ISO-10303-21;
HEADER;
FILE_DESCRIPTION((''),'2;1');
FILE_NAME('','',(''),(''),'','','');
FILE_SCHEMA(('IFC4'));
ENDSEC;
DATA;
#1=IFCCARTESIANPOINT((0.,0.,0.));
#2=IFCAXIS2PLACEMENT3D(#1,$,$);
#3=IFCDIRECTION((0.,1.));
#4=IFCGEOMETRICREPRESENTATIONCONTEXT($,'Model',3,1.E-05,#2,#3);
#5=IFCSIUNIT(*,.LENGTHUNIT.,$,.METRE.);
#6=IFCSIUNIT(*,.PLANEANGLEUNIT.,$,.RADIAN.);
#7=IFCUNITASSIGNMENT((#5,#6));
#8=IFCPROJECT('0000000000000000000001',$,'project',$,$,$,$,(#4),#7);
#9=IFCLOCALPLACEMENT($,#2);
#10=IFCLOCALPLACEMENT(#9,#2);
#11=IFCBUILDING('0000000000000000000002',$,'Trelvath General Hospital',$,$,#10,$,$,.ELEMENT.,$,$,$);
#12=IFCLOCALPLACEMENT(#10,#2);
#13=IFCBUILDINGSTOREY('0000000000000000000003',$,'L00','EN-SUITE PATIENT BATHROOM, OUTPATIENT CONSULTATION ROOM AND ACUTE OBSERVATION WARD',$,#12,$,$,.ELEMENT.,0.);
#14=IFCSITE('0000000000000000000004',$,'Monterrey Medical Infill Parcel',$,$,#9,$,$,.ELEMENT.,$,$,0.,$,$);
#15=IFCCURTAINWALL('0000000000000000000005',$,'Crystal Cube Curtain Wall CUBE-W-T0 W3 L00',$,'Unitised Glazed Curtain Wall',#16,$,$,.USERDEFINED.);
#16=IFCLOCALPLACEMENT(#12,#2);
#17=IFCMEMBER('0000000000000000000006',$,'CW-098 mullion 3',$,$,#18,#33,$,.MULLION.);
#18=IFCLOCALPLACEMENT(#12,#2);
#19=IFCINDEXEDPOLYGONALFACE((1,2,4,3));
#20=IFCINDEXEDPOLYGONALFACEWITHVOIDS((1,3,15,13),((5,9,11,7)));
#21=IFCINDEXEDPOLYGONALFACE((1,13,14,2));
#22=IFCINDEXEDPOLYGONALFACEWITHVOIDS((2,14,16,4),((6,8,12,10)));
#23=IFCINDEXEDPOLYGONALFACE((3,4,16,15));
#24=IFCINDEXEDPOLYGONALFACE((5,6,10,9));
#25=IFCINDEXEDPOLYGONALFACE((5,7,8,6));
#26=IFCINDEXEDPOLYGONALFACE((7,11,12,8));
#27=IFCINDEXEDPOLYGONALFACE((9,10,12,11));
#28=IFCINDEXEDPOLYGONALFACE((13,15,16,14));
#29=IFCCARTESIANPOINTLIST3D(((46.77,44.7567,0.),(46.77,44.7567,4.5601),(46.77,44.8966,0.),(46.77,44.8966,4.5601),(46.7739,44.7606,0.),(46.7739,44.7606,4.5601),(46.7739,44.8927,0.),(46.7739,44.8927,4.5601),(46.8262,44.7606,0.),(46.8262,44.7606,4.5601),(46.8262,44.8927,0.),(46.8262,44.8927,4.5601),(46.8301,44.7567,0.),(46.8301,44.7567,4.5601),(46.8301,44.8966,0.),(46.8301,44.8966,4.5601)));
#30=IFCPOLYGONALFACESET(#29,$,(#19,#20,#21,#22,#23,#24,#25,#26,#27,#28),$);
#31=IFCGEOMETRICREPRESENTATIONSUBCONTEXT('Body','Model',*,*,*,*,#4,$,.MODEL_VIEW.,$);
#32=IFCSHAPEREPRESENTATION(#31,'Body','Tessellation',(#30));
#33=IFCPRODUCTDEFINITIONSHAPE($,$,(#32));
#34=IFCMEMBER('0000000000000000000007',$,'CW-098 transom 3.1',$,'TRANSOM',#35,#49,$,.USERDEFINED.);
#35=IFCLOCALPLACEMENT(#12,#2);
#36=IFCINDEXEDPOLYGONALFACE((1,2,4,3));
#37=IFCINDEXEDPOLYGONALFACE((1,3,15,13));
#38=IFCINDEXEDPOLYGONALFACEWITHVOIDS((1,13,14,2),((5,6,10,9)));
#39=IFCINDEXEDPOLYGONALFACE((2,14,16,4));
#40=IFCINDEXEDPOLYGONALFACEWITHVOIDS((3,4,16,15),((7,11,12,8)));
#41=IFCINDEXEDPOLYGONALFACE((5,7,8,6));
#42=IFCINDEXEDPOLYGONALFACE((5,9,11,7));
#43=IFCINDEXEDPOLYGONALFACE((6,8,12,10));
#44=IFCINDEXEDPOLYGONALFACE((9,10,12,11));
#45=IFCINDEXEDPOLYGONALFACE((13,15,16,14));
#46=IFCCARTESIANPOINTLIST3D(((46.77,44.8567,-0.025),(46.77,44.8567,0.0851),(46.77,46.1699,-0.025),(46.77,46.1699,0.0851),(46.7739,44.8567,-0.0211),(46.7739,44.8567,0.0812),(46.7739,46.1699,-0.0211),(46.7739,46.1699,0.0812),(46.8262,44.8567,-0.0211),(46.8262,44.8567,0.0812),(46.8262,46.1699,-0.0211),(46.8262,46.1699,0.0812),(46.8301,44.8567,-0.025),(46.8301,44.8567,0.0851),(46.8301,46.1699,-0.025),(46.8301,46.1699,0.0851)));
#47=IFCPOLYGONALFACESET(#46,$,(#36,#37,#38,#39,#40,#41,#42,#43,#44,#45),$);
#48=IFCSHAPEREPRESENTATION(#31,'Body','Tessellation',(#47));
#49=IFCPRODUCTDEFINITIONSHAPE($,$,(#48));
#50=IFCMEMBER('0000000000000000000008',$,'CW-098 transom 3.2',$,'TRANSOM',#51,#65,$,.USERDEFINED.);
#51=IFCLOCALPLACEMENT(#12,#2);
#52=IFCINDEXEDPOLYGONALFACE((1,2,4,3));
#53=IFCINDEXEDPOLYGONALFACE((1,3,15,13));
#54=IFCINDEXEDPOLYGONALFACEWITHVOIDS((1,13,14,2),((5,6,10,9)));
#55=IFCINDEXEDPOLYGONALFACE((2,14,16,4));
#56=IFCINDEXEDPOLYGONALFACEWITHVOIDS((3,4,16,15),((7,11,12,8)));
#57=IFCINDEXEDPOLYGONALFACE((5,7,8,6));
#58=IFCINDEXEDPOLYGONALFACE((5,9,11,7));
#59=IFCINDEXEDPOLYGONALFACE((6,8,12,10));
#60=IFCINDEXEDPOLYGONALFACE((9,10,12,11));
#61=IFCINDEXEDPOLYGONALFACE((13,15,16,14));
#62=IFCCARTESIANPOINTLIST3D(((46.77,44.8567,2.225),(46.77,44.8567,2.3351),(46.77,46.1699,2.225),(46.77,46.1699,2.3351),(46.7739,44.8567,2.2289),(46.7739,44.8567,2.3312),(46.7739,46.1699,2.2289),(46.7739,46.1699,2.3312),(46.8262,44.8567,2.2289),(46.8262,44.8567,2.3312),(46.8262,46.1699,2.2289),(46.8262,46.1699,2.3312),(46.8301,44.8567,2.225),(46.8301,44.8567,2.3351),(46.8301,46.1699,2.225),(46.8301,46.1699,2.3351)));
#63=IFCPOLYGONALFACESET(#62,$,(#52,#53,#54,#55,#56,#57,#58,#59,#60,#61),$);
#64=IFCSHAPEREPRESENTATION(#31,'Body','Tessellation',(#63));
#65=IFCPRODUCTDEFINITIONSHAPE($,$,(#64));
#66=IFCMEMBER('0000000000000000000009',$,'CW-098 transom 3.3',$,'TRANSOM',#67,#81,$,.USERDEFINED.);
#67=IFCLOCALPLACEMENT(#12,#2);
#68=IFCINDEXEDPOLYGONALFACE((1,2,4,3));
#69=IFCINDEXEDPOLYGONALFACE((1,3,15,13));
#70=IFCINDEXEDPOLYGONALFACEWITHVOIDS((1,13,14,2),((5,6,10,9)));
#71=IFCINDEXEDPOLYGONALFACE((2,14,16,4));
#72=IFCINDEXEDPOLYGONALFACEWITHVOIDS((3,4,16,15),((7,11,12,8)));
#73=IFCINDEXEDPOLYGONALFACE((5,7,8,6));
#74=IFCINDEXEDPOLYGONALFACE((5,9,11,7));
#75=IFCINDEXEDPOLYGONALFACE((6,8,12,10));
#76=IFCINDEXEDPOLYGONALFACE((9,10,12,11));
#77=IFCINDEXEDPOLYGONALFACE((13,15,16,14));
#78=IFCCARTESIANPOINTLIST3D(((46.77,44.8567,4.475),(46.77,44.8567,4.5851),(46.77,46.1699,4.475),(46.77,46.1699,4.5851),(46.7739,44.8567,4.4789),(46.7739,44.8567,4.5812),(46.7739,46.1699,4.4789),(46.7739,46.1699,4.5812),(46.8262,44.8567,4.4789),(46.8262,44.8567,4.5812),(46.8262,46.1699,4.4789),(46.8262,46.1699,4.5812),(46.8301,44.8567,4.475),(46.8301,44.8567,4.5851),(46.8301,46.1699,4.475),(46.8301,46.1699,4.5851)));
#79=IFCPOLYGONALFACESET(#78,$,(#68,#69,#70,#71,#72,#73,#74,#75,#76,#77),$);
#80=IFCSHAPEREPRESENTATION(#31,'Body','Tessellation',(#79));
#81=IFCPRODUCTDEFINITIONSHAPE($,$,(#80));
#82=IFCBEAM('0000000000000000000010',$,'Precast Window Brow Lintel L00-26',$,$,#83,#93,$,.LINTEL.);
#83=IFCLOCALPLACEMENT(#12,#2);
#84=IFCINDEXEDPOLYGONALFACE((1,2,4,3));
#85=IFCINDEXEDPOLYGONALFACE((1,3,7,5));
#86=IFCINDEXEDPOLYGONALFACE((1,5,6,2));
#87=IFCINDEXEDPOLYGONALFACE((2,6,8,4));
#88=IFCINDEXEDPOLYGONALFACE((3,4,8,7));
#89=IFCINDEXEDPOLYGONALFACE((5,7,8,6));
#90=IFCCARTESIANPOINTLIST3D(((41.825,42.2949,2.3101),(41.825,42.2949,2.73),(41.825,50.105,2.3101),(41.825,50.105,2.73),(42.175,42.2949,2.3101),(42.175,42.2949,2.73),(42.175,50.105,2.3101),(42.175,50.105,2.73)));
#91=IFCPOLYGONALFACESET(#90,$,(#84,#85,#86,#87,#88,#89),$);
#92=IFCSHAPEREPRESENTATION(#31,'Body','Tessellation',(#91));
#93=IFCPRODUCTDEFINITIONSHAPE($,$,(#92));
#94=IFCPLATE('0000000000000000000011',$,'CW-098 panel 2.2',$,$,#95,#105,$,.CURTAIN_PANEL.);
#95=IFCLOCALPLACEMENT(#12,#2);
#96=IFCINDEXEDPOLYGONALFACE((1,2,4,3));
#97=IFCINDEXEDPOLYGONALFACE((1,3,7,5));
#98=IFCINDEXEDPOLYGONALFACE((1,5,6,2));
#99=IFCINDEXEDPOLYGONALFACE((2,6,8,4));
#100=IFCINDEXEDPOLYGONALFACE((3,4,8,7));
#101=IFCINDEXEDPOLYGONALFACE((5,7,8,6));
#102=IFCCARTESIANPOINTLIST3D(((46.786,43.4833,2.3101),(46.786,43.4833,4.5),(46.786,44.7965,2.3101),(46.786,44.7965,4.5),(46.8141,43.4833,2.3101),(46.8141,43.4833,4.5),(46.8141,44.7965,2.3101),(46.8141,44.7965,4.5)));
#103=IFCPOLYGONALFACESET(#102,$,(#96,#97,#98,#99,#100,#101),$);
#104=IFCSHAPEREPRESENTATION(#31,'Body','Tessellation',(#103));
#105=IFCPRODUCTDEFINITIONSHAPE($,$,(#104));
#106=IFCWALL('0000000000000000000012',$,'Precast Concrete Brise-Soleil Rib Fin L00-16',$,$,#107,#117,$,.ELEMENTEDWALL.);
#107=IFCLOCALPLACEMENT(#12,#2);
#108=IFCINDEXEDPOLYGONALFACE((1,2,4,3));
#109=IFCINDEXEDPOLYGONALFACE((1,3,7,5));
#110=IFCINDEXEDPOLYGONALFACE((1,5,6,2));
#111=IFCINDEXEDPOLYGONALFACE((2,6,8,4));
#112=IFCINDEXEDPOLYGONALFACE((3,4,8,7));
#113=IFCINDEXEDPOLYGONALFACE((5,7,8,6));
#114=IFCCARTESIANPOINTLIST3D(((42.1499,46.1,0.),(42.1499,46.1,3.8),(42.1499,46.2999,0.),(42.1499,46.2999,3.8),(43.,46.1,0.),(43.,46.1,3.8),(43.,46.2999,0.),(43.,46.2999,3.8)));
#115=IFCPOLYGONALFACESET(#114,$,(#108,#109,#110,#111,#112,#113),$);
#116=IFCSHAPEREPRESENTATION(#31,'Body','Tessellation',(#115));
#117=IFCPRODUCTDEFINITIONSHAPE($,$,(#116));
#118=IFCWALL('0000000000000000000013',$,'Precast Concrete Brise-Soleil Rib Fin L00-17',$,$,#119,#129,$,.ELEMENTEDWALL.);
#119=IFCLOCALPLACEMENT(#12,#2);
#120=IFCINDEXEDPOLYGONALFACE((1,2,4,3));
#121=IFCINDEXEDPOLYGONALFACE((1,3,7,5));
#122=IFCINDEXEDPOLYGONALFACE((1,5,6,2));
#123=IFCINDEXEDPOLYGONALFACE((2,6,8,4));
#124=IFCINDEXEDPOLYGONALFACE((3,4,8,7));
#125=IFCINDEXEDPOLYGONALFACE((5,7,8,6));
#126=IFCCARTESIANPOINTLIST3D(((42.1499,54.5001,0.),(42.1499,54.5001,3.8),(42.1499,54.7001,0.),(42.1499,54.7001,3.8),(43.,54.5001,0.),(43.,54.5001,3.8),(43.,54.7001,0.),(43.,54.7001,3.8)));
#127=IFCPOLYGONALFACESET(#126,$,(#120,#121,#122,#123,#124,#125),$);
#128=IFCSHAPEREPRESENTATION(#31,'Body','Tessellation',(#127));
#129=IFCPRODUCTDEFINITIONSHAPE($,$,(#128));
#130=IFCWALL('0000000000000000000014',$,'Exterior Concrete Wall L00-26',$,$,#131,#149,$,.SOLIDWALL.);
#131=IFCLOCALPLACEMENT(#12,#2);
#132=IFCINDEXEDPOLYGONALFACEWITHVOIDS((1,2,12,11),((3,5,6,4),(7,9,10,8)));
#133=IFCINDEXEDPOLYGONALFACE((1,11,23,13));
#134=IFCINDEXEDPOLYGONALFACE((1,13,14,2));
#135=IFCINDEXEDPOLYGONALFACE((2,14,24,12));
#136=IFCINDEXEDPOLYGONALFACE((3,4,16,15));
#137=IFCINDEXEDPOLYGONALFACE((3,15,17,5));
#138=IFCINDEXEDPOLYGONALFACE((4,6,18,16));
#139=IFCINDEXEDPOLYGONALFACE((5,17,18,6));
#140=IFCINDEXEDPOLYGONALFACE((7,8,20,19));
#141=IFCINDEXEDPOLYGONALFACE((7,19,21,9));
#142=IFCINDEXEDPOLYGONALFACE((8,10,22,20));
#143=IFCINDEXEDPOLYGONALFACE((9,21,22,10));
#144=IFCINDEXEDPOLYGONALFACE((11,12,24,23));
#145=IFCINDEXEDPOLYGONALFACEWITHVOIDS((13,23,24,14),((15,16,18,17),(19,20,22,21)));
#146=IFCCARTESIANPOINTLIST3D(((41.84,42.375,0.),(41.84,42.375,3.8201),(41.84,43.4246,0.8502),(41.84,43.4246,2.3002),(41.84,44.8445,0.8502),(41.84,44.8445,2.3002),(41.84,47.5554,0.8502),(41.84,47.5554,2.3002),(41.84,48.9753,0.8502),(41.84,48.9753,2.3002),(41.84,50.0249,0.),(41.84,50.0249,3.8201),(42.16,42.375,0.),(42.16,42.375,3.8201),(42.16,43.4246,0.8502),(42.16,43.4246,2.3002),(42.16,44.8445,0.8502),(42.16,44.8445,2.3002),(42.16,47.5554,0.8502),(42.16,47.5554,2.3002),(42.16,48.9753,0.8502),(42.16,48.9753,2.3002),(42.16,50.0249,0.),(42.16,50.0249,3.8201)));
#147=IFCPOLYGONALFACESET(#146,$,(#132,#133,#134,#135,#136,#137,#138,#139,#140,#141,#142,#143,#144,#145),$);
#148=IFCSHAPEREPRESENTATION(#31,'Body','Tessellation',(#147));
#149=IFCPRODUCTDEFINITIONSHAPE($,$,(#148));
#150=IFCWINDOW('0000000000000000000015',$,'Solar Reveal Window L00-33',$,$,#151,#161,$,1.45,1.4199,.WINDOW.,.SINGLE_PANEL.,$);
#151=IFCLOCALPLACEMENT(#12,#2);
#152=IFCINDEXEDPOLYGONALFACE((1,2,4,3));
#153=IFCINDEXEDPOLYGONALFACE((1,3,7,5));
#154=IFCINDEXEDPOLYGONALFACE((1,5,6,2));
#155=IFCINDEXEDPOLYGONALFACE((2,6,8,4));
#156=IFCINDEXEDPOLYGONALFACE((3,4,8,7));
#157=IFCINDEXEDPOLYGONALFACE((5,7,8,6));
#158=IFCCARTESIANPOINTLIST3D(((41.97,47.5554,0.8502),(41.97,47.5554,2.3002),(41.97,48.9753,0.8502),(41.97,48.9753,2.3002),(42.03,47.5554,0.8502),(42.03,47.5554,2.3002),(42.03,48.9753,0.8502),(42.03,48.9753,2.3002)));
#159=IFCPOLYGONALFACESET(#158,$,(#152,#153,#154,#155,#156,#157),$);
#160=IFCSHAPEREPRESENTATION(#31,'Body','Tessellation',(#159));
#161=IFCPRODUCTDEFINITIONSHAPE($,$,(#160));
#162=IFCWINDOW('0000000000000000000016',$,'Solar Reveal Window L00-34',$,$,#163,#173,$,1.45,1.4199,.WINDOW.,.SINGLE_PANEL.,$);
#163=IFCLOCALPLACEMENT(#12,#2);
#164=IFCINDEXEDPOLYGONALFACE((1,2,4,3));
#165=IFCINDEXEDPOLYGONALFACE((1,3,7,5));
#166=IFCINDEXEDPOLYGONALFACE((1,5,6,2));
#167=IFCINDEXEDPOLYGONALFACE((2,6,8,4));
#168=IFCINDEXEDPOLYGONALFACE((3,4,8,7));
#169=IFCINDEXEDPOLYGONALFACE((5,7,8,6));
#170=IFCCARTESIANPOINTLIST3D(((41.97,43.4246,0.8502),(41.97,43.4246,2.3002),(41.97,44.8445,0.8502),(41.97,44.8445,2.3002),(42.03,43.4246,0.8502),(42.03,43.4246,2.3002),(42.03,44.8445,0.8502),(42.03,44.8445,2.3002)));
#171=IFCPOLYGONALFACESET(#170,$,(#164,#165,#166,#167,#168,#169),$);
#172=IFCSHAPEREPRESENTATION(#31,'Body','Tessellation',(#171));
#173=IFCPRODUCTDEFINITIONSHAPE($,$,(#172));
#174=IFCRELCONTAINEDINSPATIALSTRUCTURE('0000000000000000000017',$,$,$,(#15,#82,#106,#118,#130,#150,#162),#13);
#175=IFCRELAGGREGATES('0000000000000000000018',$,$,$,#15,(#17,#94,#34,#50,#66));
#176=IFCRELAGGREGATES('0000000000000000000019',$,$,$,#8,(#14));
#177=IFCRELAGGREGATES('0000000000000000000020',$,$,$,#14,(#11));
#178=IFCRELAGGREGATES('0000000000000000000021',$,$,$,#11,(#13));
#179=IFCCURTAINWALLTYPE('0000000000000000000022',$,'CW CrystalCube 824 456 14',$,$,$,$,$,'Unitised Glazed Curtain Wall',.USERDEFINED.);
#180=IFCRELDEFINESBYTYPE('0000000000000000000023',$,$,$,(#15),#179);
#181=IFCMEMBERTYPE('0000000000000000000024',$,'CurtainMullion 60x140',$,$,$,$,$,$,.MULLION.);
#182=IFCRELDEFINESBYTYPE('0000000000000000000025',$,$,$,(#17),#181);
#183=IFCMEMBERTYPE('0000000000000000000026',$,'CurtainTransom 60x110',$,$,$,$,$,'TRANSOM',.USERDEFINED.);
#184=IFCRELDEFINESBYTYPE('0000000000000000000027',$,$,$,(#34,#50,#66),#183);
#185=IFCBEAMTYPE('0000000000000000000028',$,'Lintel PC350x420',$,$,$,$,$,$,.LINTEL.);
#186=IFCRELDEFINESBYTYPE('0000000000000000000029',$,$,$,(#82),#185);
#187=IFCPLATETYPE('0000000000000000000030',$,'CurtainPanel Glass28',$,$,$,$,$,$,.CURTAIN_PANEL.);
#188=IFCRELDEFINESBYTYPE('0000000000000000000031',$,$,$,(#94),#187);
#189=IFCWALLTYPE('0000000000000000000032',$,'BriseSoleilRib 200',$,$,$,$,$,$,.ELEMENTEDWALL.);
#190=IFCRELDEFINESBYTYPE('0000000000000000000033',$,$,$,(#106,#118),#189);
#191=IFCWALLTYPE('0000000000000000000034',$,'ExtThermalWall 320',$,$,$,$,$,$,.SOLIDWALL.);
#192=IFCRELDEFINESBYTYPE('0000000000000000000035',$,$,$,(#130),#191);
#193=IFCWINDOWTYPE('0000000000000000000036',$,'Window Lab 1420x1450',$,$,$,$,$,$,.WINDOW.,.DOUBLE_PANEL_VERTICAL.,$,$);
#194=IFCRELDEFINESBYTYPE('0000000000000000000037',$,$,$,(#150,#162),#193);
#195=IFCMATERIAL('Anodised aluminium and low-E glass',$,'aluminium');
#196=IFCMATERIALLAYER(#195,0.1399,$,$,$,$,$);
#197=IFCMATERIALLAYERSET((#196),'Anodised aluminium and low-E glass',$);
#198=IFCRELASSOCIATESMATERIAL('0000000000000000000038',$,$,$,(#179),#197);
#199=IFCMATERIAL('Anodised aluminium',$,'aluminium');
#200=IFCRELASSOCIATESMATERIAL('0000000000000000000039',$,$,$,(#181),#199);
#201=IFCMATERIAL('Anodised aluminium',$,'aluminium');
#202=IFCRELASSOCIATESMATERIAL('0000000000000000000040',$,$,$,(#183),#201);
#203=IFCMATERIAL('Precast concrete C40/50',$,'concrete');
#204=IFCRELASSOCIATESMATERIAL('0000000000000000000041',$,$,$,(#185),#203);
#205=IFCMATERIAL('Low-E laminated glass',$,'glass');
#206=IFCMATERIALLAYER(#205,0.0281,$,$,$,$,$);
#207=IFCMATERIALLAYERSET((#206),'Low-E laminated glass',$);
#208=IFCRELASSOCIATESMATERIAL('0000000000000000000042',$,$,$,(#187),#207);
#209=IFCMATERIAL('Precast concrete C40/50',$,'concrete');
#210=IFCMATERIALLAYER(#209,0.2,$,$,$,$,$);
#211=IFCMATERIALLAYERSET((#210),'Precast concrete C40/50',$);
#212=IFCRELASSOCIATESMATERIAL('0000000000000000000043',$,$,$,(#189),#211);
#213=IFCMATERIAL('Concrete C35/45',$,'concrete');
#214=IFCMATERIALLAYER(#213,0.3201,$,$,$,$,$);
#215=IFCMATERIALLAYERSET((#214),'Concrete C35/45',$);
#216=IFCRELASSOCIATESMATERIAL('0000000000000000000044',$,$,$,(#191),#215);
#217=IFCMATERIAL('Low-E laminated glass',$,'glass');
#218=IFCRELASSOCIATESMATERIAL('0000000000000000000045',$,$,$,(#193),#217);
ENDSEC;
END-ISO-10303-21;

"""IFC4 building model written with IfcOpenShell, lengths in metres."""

from ifc_helpers import new_model, si_unit, direction, frame, frame_2d, origin, origin_2d, place, context, subcontext, project, spatial, rectangle, hollow_rectangle, extrude, material, layer, layer_set, material_profile, profile_set, type_object, element, fill, aggregate, save


model = new_model("IFC4")

# Units and contexts
model_context = context("Model", 3, precision=1e-05, world=origin(), true_north=direction((0.0, 1.0)))
body_context = subcontext(model_context, "Body", "Model", "MODEL_VIEW")
ifc_project = project(units=[si_unit("LENGTHUNIT", "METRE"), si_unit("PLANEANGLEUNIT", "RADIAN")], contexts=[model_context])

# Site, building, storey
site_placement = place(None, origin())
site = spatial("IfcSite", under=ifc_project, at=site_placement, Name="Monterrey Medical Infill Parcel", CompositionType="ELEMENT", RefElevation=0.0)
building_placement = place(site_placement, origin())
building = spatial("IfcBuilding", under=site, at=building_placement, Name="Trelvath General Hospital", CompositionType="ELEMENT")
storey_placement = place(building_placement, origin())
storey = spatial("IfcBuildingStorey", under=building, at=storey_placement, Name="L00", Description="EN-SUITE PATIENT BATHROOM, OUTPATIENT CONSULTATION ROOM AND ACUTE OBSERVATION WARD", CompositionType="ELEMENT", Elevation=0.0)

# Curtain wall, members
ifc_material_1 = material(Name="Anodised aluminium and low-E glass", Category="aluminium")
ifc_layer_1 = layer(ifc_material_1, 0.1399)
ifc_layer_set_1 = layer_set([ifc_layer_1], Name="Anodised aluminium and low-E glass")
curtain_wall_type = type_object("IfcCurtainWallType", Name="CW CrystalCube 824 456 14", ElementType="Unitised Glazed Curtain Wall", PredefinedType="USERDEFINED", material=ifc_layer_set_1)
curtain_wall_placement = place(storey_placement, origin())
curtain_wall = element("IfcCurtainWall", 1, at=curtain_wall_placement, inside=storey, type_object=curtain_wall_type, Name="Crystal Cube Curtain Wall CUBE-W-T0 W3 L00", ObjectType="Unitised Glazed Curtain Wall", PredefinedType="USERDEFINED")
ifc_material_2 = material(Name="Anodised aluminium", Category="aluminium")
ifc_material_profile_1 = material_profile(ifc_material_2, hollow_rectangle(XDim=0.0601, YDim=0.1399, WallThickness=0.0039, at=origin_2d()), Name="RHS60x140x4")
ifc_profile_set_1 = profile_set([ifc_material_profile_1], Name="Anodised aluminium")
member_type_1 = type_object("IfcMemberType", Name="CurtainMullion 60x140", PredefinedType="MULLION", material=ifc_profile_set_1)
member_1_placement = place(storey_placement, frame((46.8, 44.8267, 0.0), z_axis=(0.0, 0.0, 1.0), x_axis=(-1.0, 0.0, 0.0)))
member_1 = element("IfcMember", 2, at=member_1_placement, type_object=member_type_1, Name="CW-098 mullion 3", PredefinedType="MULLION", context=body_context, shape_type="SweptSolid", body=[
    extrude(hollow_rectangle(XDim=0.0601, YDim=0.1399, WallThickness=0.0039, at=origin_2d()), origin(), (0.0, 0.0, 1.0), 4.5601),
])
ifc_material_3 = material(Name="Anodised aluminium", Category="aluminium")
ifc_material_profile_2 = material_profile(ifc_material_3, hollow_rectangle(XDim=0.0601, YDim=0.1101, WallThickness=0.0039, at=origin_2d()), Name="RHS60x110x4")
ifc_profile_set_2 = profile_set([ifc_material_profile_2], Name="Anodised aluminium")
member_type_2 = type_object("IfcMemberType", Name="CurtainTransom 60x110", ElementType="TRANSOM", PredefinedType="USERDEFINED", material=ifc_profile_set_2)
member_2_placement = place(storey_placement, frame((46.8, 44.8567, 0.03), z_axis=(0.0, 1.0, 0.0), x_axis=(-1.0, 0.0, 0.0)))
member_2 = element("IfcMember", 3, at=member_2_placement, type_object=member_type_2, Name="CW-098 transom 3.1", ObjectType="TRANSOM", PredefinedType="USERDEFINED", context=body_context, shape_type="SweptSolid", body=[
    extrude(hollow_rectangle(XDim=0.0601, YDim=0.1101, WallThickness=0.0039, at=origin_2d()), origin(), (0.0, 0.0, 1.0), 1.3132),
])
member_3_placement = place(storey_placement, frame((46.8, 44.8567, 2.28), z_axis=(0.0, 1.0, 0.0), x_axis=(-1.0, 0.0, 0.0)))
member_3 = element("IfcMember", 4, at=member_3_placement, type_object=member_type_2, Name="CW-098 transom 3.2", ObjectType="TRANSOM", PredefinedType="USERDEFINED", context=body_context, shape_type="SweptSolid", body=[
    extrude(hollow_rectangle(XDim=0.0601, YDim=0.1101, WallThickness=0.0039, at=origin_2d()), origin(), (0.0, 0.0, 1.0), 1.3132),
])
member_4_placement = place(storey_placement, frame((46.8, 44.8567, 4.53), z_axis=(0.0, 1.0, 0.0), x_axis=(-1.0, 0.0, 0.0)))
member_4 = element("IfcMember", 5, at=member_4_placement, type_object=member_type_2, Name="CW-098 transom 3.3", ObjectType="TRANSOM", PredefinedType="USERDEFINED", context=body_context, shape_type="SweptSolid", body=[
    extrude(hollow_rectangle(XDim=0.0601, YDim=0.1101, WallThickness=0.0039, at=origin_2d()), origin(), (0.0, 0.0, 1.0), 1.3132),
])

# Beam
ifc_material_4 = material(Name="Precast concrete C40/50", Category="concrete")
ifc_material_profile_3 = material_profile(ifc_material_4, rectangle(XDim=0.3501, YDim=0.4199, at=origin_2d()), Name="PCL350x420")
ifc_profile_set_3 = profile_set([ifc_material_profile_3], Name="Precast concrete C40/50")
beam_type_1 = type_object("IfcBeamType", Name="Lintel PC350x420", PredefinedType="LINTEL", material=ifc_profile_set_3)
beam_1_placement = place(storey_placement, frame((42.0, 50.105, 2.52), z_axis=(0.0, -1.0, 0.0), x_axis=(1.0, 0.0, 0.0)))
element("IfcBeam", 6, at=beam_1_placement, inside=storey, type_object=beam_type_1, Name="Precast Window Brow Lintel L00-26", PredefinedType="LINTEL", context=body_context, shape_type="SweptSolid", body=[
    extrude(rectangle(XDim=0.3501, YDim=0.4199, at=origin_2d()), origin(), (0.0, 0.0, 1.0), 7.8101),
])

# Plate
ifc_material_5 = material(Name="Low-E laminated glass", Category="glass")
ifc_layer_2 = layer(ifc_material_5, 0.0281)
ifc_layer_set_2 = layer_set([ifc_layer_2], Name="Low-E laminated glass")
plate_type = type_object("IfcPlateType", Name="CurtainPanel Glass28", PredefinedType="CURTAIN_PANEL", material=ifc_layer_set_2)
plate_placement = place(storey_placement, frame((46.8, 44.1399, 2.3101), z_axis=(0.0, 0.0, 1.0), x_axis=(0.0, 1.0, 0.0)))
plate = element("IfcPlate", 7, at=plate_placement, type_object=plate_type, Name="CW-098 panel 2.2", PredefinedType="CURTAIN_PANEL", context=body_context, shape_type="SweptSolid", body=[
    extrude(rectangle(XDim=1.3132, YDim=0.0281, at=origin_2d()), origin(), (0.0, 0.0, 1.0), 2.1899),
])
aggregate(curtain_wall, [member_1, plate, member_2, member_3, member_4])

# Walls
ifc_material_6 = material(Name="Precast concrete C40/50", Category="concrete")
ifc_layer_3 = layer(ifc_material_6, 0.2)
ifc_layer_set_3 = layer_set([ifc_layer_3], Name="Precast concrete C40/50")
wall_type_1 = type_object("IfcWallType", Name="BriseSoleilRib 200", PredefinedType="ELEMENTEDWALL", material=ifc_layer_set_3)
for number, where, z_axis, x_axis, name in (
    (8, (42.1499, 46.2, 0.0), (0.0, 0.0, 1.0), (1.0, 0.0, 0.0), "Precast Concrete Brise-Soleil Rib Fin L00-16"),
    (9, (42.1499, 54.6001, 0.0), (0.0, 0.0, 1.0), (1.0, 0.0, 0.0), "Precast Concrete Brise-Soleil Rib Fin L00-17"),
):
    element("IfcWall", number, at=place(storey_placement, frame(where, z_axis=z_axis, x_axis=x_axis)), inside=storey, type_object=wall_type_1, Name=name, PredefinedType="ELEMENTEDWALL", context=body_context, shape_type="SweptSolid", body=[
        extrude(rectangle(XDim=0.8501, YDim=0.2, at=frame_2d((0.425, 0.0))), origin(), (0.0, 0.0, 1.0), 3.8),
    ])

# Wall, openings, windows
ifc_material_7 = material(Name="Concrete C35/45", Category="concrete")
ifc_layer_4 = layer(ifc_material_7, 0.3201)
ifc_layer_set_4 = layer_set([ifc_layer_4], Name="Concrete C35/45")
wall_type_2 = type_object("IfcWallType", Name="ExtThermalWall 320", PredefinedType="SOLIDWALL", material=ifc_layer_set_4)
wall_1_placement = place(storey_placement, frame((42.0, 50.0249, 0.0), z_axis=(0.0, 0.0, 1.0), x_axis=(0.0, -1.0, 0.0)))
wall_1 = element("IfcWall", 10, at=wall_1_placement, inside=storey, type_object=wall_type_2, Name="Exterior Concrete Wall L00-26", PredefinedType="SOLIDWALL", context=body_context, shape_type="SweptSolid", body=[
    extrude(rectangle(XDim=7.6499, YDim=0.3201, at=frame_2d((3.825, 0.0))), origin(), (0.0, 0.0, 1.0), 3.8201),
])
opening_1_placement = place(wall_1_placement, frame((1.0496, 0.0, 0.8501)))
opening_1 = element("IfcOpeningElement", 11, at=opening_1_placement, cuts=wall_1, PredefinedType="OPENING", context=body_context, shape_type="SweptSolid", body=[
    extrude(rectangle(XDim=1.4199, YDim=1.45, at=frame_2d((0.71, 0.7251))), frame((0.0, 0.1699, 0.0), z_axis=(0.0, -1.0, 0.0), x_axis=(1.0, 0.0, 0.0)), (0.0, 0.0, 1.0), 0.3401),
])
opening_2_placement = place(wall_1_placement, frame((5.1804, 0.0, 0.8501)))
opening_2 = element("IfcOpeningElement", 12, at=opening_2_placement, cuts=wall_1, PredefinedType="OPENING", context=body_context, shape_type="SweptSolid", body=[
    extrude(rectangle(XDim=1.4199, YDim=1.45, at=frame_2d((0.71, 0.7251))), frame((0.0, 0.1699, 0.0), z_axis=(0.0, -1.0, 0.0), x_axis=(1.0, 0.0, 0.0)), (0.0, 0.0, 1.0), 0.3401),
])
ifc_material_8 = material(Name="Low-E laminated glass", Category="glass")
window_type_1 = type_object("IfcWindowType", Name="Window Lab 1420x1450", PartitioningType="DOUBLE_PANEL_VERTICAL", PredefinedType="WINDOW", material=ifc_material_8)
window_1_placement = place(opening_1_placement, origin())
window_1 = element("IfcWindow", 13, at=window_1_placement, inside=storey, type_object=window_type_1, Name="Solar Reveal Window L00-33", OverallHeight=1.45, OverallWidth=1.4199, PartitioningType="SINGLE_PANEL", PredefinedType="WINDOW", context=body_context, shape_type="SweptSolid", body=[
    extrude(rectangle(XDim=1.4199, YDim=1.45, at=frame_2d((0.71, 0.7251))), frame((0.0, 0.03, 0.0), z_axis=(0.0, -1.0, 0.0), x_axis=(1.0, 0.0, 0.0)), (0.0, 0.0, 1.0), 0.0601),
])
fill(opening_1, window_1)
window_2_placement = place(opening_2_placement, origin())
window_2 = element("IfcWindow", 14, at=window_2_placement, inside=storey, type_object=window_type_1, Name="Solar Reveal Window L00-34", OverallHeight=1.45, OverallWidth=1.4199, PartitioningType="SINGLE_PANEL", PredefinedType="WINDOW", context=body_context, shape_type="SweptSolid", body=[
    extrude(rectangle(XDim=1.4199, YDim=1.45, at=frame_2d((0.71, 0.7251))), frame((0.0, 0.03, 0.0), z_axis=(0.0, -1.0, 0.0), x_axis=(1.0, 0.0, 0.0)), (0.0, 0.0, 1.0), 0.0601),
])
fill(opening_2, window_2)

save(model, "model.ifc")
